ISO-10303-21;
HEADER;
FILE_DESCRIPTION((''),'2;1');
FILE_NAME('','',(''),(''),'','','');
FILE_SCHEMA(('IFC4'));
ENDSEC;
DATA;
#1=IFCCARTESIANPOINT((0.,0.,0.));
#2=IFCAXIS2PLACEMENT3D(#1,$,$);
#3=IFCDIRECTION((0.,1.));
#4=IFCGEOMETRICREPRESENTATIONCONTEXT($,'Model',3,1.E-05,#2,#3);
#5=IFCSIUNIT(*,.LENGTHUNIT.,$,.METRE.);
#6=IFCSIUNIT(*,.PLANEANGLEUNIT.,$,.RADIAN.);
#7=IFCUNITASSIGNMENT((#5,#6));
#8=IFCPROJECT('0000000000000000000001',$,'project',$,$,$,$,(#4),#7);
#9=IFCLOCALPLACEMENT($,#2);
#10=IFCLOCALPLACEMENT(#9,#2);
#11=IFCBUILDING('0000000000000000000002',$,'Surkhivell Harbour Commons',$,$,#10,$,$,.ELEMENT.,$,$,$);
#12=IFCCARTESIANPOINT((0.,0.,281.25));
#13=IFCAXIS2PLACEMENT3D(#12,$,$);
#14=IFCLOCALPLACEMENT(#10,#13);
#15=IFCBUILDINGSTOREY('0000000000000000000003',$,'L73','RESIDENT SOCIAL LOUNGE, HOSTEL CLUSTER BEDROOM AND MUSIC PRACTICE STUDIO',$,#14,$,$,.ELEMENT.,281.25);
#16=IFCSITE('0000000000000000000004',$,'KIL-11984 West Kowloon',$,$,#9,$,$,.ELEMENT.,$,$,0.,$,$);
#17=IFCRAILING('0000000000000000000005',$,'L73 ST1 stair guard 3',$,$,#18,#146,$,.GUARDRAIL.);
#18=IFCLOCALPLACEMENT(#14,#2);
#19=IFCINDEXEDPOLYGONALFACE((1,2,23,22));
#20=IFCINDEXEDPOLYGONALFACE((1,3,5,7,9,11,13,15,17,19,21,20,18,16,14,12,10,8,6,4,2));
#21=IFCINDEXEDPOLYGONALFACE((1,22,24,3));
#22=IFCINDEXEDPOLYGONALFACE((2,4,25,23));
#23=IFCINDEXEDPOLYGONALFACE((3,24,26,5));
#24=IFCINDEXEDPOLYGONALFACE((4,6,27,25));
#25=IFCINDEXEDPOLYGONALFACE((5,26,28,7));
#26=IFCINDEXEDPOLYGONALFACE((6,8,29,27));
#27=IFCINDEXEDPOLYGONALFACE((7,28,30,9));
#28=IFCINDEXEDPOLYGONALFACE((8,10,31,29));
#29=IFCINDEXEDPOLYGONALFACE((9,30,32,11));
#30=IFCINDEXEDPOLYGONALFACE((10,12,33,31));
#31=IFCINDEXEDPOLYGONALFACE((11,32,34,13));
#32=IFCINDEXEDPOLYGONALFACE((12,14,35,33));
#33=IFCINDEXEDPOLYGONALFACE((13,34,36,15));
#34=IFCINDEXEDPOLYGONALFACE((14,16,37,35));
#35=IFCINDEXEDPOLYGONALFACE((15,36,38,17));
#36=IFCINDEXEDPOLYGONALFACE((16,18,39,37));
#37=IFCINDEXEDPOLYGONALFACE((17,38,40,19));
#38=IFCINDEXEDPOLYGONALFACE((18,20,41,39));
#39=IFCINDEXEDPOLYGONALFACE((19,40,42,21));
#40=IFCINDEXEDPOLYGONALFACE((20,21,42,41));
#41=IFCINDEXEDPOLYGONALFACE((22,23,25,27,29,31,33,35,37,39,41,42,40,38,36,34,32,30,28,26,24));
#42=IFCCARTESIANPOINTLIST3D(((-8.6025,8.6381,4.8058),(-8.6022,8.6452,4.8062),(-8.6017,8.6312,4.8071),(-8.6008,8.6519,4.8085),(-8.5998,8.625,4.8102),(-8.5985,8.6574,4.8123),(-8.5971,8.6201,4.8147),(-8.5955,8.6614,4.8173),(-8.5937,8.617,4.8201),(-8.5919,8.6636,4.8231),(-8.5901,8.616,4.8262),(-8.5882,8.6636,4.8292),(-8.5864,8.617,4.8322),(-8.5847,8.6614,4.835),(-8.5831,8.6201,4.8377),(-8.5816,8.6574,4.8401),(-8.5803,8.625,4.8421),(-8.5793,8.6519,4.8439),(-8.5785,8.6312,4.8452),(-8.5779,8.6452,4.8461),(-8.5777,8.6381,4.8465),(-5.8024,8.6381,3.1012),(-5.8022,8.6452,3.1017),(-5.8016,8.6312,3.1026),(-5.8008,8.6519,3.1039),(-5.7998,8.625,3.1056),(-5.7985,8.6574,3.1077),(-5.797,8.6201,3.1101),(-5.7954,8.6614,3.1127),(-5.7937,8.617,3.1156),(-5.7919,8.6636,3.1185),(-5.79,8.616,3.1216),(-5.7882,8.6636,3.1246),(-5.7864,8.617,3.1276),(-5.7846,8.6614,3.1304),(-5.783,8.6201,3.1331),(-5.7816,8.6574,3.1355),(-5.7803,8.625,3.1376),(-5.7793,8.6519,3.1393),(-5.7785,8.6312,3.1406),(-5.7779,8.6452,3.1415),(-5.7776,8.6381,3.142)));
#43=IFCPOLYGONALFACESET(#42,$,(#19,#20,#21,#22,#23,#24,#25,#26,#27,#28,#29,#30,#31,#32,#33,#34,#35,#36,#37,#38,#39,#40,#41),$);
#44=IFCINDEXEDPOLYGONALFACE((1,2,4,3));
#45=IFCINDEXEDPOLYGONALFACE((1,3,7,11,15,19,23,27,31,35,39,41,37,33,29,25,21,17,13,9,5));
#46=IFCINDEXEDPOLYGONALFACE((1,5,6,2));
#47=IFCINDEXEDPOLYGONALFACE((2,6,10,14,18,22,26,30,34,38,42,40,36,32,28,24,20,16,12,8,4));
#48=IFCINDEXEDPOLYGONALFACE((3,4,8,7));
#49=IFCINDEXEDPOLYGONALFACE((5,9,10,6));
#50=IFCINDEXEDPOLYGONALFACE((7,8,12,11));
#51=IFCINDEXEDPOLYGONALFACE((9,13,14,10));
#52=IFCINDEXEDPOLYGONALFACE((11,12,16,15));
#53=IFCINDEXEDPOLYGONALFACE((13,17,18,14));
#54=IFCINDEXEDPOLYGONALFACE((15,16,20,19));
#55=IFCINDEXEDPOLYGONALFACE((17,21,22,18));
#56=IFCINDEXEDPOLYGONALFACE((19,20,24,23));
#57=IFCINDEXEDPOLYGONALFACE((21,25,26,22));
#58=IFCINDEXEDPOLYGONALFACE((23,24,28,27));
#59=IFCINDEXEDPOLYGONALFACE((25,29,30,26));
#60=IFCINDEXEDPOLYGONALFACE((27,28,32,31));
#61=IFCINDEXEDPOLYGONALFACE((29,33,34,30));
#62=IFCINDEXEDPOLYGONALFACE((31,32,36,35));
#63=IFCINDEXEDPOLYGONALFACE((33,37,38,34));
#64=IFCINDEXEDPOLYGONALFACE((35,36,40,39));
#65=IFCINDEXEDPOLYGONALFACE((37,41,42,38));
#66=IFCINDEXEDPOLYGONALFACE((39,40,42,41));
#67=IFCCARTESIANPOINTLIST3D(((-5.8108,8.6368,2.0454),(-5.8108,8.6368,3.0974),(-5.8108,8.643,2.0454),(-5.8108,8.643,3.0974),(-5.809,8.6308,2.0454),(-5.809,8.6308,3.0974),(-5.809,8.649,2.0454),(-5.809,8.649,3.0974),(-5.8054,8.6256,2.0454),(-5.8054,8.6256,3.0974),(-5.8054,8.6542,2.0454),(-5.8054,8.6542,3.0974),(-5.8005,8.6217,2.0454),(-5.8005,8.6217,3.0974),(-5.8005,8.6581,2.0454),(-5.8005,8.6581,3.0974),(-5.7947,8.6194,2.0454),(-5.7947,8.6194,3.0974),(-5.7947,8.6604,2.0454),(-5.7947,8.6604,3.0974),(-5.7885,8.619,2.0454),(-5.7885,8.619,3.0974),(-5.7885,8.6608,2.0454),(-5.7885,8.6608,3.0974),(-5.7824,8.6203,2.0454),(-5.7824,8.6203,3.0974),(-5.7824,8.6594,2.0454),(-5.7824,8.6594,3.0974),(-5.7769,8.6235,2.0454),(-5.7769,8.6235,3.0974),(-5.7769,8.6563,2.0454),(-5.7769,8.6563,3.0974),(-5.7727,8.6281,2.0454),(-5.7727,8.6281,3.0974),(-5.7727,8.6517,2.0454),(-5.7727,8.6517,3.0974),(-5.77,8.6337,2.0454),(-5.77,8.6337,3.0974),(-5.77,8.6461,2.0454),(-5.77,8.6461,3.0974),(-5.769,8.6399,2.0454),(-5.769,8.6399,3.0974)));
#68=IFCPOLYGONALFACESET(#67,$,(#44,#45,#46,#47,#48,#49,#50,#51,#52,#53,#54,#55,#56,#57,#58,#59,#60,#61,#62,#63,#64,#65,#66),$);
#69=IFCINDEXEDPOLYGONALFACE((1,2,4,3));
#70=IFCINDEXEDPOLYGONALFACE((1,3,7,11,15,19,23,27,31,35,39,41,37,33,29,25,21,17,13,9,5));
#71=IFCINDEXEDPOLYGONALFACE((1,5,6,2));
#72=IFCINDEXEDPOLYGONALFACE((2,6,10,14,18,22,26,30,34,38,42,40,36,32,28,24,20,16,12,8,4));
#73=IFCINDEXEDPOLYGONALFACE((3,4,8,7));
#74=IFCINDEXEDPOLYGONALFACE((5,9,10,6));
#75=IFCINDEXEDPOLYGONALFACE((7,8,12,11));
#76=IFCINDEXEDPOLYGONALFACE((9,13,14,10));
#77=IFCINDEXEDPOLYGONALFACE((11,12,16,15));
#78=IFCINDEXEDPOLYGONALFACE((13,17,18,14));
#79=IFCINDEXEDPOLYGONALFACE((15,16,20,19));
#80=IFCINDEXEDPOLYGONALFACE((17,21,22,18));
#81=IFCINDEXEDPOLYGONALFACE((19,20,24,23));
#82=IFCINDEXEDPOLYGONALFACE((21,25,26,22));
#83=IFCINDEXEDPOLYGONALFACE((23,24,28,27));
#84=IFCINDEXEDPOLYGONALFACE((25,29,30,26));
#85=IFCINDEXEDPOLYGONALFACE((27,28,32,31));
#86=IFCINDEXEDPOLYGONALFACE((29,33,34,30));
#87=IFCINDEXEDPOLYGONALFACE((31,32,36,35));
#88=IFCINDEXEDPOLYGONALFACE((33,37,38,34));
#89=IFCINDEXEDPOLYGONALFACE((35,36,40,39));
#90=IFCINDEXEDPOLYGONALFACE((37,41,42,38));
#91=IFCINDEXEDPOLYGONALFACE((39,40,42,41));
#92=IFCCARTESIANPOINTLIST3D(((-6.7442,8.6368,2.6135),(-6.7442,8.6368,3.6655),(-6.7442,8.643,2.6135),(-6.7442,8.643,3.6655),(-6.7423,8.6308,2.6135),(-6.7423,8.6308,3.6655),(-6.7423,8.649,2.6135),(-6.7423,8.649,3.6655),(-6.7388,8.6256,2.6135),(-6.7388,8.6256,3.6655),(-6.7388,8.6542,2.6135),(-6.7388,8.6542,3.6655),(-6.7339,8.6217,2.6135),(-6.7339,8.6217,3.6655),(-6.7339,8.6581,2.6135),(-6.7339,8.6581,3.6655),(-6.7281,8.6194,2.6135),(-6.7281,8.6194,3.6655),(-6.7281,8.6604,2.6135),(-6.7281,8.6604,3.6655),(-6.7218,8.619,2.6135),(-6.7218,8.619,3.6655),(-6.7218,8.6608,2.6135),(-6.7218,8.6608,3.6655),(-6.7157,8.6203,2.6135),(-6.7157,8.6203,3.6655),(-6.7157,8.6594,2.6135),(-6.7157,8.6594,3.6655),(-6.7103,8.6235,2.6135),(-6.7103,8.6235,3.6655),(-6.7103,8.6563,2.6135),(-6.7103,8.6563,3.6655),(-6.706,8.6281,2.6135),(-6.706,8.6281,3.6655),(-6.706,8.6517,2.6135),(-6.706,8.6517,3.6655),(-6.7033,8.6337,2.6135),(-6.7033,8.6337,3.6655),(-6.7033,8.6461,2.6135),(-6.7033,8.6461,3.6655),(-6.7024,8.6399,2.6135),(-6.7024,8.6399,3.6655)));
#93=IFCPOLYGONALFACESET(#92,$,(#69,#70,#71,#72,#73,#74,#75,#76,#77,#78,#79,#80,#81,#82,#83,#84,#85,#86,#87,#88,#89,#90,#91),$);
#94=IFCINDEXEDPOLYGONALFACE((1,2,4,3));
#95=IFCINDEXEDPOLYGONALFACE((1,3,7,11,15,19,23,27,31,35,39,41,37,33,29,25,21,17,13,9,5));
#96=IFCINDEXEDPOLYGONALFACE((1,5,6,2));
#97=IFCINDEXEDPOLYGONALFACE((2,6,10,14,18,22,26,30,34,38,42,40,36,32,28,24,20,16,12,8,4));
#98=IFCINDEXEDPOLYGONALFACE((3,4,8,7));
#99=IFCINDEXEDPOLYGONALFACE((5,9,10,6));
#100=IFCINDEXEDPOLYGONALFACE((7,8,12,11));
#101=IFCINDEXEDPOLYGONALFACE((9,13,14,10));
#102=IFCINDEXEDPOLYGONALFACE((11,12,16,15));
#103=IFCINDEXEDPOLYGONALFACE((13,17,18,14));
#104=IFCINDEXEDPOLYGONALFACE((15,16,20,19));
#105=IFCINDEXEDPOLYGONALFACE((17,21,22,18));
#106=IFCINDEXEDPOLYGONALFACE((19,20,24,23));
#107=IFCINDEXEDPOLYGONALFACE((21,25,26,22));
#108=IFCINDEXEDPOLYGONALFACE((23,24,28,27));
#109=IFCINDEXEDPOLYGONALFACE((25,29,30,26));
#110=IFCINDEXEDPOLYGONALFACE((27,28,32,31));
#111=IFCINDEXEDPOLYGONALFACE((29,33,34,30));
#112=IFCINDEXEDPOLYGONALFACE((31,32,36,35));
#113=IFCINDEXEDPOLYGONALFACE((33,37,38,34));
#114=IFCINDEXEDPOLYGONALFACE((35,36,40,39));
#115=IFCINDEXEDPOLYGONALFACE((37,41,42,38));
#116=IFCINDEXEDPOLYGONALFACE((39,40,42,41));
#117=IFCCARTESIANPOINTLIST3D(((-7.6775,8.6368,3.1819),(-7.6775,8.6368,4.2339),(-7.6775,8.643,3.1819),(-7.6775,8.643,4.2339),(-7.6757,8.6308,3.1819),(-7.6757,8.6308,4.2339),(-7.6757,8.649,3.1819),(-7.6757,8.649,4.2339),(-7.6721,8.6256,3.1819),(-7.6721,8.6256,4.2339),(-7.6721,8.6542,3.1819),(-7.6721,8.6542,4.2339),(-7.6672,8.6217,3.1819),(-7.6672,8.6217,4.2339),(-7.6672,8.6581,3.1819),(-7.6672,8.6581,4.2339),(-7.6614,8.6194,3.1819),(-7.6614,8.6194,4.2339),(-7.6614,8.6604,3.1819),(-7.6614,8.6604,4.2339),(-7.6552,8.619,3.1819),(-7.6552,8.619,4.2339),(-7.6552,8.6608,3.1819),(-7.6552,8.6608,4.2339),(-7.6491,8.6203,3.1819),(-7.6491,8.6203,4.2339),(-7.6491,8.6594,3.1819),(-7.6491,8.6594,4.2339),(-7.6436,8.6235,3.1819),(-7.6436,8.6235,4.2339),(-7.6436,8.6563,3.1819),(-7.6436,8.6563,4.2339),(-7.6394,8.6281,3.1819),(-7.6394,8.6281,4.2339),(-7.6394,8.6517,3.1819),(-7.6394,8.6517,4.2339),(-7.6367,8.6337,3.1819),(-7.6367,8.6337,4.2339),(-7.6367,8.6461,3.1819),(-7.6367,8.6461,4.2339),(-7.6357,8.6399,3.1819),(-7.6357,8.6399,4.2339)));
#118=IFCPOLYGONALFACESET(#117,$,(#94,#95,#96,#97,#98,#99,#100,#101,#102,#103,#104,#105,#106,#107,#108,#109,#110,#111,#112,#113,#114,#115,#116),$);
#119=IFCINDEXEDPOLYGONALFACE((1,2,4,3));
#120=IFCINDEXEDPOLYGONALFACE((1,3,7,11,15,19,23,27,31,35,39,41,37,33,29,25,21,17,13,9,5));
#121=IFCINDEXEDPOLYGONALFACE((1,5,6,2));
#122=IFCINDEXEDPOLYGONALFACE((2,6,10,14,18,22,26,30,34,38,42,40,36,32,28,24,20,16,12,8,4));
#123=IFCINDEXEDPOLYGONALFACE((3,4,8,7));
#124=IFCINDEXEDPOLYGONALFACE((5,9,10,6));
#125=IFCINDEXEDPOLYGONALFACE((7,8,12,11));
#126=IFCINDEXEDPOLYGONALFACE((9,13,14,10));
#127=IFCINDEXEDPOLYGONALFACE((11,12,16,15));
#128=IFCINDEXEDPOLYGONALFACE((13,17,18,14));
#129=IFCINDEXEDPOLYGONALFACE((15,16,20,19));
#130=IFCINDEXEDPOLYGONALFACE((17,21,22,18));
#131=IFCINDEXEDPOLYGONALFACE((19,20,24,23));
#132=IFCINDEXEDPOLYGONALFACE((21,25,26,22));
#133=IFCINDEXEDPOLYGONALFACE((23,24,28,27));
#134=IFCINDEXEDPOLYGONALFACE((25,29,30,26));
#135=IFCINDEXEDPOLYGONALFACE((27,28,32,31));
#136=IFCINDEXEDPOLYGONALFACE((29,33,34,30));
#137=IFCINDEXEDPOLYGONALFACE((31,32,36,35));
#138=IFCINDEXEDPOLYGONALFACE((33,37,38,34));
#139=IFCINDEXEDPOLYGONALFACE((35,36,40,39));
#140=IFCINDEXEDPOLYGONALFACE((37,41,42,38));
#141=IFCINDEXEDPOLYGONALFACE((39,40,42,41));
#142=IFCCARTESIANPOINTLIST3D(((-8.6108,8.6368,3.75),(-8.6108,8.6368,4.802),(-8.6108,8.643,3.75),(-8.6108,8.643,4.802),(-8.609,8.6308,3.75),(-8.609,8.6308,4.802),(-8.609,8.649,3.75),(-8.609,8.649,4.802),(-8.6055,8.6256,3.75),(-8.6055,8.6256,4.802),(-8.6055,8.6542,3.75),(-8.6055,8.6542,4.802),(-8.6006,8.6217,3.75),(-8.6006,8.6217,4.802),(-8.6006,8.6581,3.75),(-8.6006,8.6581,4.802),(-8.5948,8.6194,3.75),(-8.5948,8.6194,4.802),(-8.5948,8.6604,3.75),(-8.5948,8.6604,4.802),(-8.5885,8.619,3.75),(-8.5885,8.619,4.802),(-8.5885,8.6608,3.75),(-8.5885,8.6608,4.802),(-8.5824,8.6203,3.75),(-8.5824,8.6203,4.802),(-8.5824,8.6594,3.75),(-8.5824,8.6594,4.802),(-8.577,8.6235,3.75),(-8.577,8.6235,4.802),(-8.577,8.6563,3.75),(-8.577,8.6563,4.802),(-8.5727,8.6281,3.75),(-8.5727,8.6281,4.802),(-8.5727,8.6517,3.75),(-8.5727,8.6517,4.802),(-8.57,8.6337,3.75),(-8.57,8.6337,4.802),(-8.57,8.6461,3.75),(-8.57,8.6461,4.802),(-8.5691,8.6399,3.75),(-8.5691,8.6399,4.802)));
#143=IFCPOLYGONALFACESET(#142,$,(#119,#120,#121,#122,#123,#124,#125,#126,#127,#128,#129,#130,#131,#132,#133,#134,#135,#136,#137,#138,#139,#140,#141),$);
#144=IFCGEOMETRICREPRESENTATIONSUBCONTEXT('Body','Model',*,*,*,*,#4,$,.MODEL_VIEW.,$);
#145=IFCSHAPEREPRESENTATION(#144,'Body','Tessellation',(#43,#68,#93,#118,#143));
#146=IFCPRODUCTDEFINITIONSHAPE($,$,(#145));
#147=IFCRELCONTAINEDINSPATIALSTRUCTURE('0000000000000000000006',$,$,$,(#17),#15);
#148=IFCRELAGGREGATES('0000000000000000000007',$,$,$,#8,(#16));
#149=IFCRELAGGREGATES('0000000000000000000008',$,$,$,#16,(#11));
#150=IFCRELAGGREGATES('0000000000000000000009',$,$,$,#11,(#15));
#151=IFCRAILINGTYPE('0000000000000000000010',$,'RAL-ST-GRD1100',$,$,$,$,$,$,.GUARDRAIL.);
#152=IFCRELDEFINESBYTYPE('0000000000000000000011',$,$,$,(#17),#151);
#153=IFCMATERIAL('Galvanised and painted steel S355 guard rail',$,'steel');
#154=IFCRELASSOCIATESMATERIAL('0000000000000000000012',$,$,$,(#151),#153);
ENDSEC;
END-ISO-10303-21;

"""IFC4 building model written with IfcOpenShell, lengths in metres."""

from ifc_helpers import new_model, si_unit, direction, frame, origin, origin_2d, place, context, subcontext, project, spatial, circle, extrude, material, type_object, element, save


model = new_model("IFC4")

# Units and contexts
model_context = context("Model", 3, precision=1e-05, world=origin(), true_north=direction((0.0, 1.0)))
body_context = subcontext(model_context, "Body", "Model", "MODEL_VIEW")
ifc_project = project(units=[si_unit("LENGTHUNIT", "METRE"), si_unit("PLANEANGLEUNIT", "RADIAN")], contexts=[model_context])

# Site, building, storey
site_placement = place(None, origin())
site = spatial("IfcSite", under=ifc_project, at=site_placement, Name="KIL-11984 West Kowloon", CompositionType="ELEMENT", RefElevation=0.0)
building_placement = place(site_placement, origin())
building = spatial("IfcBuilding", under=site, at=building_placement, Name="Surkhivell Harbour Commons", CompositionType="ELEMENT")
storey_placement = place(building_placement, frame((0.0, 0.0, 281.25)))
storey = spatial("IfcBuildingStorey", under=building, at=storey_placement, Name="L73", Description="RESIDENT SOCIAL LOUNGE, HOSTEL CLUSTER BEDROOM AND MUSIC PRACTICE STUDIO", CompositionType="ELEMENT", Elevation=281.25)

# Railing
ifc_material_1 = material(Name="Galvanised and painted steel S355 guard rail", Category="steel")
railing_type_1 = type_object("IfcRailingType", Name="RAL-ST-GRD1100", PredefinedType="GUARDRAIL", material=ifc_material_1)
railing_1_placement = place(storey_placement, frame((-5.79, 8.6399, 2.0454)))
element("IfcRailing", 1, at=railing_1_placement, inside=storey, type_object=railing_type_1, Name="L73 ST1 stair guard 3", PredefinedType="GUARDRAIL", context=body_context, shape_type="SweptSolid", body=[
    extrude(circle(Radius=0.0239, at=origin_2d()), frame((0.0, 0.0, 1.0762), z_axis=(-0.85417, 0.0, 0.519994), x_axis=(0.0, -1.0, 0.0)), (0.0, 0.0, 1.0), 3.2781),
    extrude(circle(Radius=0.021, at=origin_2d()), origin(), (0.0, 0.0, 1.0), 1.052),
    extrude(circle(Radius=0.021, at=origin_2d()), frame((-0.9333, 0.0, 0.5681)), (0.0, 0.0, 1.0), 1.052),
    extrude(circle(Radius=0.021, at=origin_2d()), frame((-1.8667, 0.0, 1.1365)), (0.0, 0.0, 1.0), 1.052),
    extrude(circle(Radius=0.021, at=origin_2d()), frame((-2.8, 0.0, 1.7046)), (0.0, 0.0, 1.0), 1.052),
])

save(model, "model.ifc")
